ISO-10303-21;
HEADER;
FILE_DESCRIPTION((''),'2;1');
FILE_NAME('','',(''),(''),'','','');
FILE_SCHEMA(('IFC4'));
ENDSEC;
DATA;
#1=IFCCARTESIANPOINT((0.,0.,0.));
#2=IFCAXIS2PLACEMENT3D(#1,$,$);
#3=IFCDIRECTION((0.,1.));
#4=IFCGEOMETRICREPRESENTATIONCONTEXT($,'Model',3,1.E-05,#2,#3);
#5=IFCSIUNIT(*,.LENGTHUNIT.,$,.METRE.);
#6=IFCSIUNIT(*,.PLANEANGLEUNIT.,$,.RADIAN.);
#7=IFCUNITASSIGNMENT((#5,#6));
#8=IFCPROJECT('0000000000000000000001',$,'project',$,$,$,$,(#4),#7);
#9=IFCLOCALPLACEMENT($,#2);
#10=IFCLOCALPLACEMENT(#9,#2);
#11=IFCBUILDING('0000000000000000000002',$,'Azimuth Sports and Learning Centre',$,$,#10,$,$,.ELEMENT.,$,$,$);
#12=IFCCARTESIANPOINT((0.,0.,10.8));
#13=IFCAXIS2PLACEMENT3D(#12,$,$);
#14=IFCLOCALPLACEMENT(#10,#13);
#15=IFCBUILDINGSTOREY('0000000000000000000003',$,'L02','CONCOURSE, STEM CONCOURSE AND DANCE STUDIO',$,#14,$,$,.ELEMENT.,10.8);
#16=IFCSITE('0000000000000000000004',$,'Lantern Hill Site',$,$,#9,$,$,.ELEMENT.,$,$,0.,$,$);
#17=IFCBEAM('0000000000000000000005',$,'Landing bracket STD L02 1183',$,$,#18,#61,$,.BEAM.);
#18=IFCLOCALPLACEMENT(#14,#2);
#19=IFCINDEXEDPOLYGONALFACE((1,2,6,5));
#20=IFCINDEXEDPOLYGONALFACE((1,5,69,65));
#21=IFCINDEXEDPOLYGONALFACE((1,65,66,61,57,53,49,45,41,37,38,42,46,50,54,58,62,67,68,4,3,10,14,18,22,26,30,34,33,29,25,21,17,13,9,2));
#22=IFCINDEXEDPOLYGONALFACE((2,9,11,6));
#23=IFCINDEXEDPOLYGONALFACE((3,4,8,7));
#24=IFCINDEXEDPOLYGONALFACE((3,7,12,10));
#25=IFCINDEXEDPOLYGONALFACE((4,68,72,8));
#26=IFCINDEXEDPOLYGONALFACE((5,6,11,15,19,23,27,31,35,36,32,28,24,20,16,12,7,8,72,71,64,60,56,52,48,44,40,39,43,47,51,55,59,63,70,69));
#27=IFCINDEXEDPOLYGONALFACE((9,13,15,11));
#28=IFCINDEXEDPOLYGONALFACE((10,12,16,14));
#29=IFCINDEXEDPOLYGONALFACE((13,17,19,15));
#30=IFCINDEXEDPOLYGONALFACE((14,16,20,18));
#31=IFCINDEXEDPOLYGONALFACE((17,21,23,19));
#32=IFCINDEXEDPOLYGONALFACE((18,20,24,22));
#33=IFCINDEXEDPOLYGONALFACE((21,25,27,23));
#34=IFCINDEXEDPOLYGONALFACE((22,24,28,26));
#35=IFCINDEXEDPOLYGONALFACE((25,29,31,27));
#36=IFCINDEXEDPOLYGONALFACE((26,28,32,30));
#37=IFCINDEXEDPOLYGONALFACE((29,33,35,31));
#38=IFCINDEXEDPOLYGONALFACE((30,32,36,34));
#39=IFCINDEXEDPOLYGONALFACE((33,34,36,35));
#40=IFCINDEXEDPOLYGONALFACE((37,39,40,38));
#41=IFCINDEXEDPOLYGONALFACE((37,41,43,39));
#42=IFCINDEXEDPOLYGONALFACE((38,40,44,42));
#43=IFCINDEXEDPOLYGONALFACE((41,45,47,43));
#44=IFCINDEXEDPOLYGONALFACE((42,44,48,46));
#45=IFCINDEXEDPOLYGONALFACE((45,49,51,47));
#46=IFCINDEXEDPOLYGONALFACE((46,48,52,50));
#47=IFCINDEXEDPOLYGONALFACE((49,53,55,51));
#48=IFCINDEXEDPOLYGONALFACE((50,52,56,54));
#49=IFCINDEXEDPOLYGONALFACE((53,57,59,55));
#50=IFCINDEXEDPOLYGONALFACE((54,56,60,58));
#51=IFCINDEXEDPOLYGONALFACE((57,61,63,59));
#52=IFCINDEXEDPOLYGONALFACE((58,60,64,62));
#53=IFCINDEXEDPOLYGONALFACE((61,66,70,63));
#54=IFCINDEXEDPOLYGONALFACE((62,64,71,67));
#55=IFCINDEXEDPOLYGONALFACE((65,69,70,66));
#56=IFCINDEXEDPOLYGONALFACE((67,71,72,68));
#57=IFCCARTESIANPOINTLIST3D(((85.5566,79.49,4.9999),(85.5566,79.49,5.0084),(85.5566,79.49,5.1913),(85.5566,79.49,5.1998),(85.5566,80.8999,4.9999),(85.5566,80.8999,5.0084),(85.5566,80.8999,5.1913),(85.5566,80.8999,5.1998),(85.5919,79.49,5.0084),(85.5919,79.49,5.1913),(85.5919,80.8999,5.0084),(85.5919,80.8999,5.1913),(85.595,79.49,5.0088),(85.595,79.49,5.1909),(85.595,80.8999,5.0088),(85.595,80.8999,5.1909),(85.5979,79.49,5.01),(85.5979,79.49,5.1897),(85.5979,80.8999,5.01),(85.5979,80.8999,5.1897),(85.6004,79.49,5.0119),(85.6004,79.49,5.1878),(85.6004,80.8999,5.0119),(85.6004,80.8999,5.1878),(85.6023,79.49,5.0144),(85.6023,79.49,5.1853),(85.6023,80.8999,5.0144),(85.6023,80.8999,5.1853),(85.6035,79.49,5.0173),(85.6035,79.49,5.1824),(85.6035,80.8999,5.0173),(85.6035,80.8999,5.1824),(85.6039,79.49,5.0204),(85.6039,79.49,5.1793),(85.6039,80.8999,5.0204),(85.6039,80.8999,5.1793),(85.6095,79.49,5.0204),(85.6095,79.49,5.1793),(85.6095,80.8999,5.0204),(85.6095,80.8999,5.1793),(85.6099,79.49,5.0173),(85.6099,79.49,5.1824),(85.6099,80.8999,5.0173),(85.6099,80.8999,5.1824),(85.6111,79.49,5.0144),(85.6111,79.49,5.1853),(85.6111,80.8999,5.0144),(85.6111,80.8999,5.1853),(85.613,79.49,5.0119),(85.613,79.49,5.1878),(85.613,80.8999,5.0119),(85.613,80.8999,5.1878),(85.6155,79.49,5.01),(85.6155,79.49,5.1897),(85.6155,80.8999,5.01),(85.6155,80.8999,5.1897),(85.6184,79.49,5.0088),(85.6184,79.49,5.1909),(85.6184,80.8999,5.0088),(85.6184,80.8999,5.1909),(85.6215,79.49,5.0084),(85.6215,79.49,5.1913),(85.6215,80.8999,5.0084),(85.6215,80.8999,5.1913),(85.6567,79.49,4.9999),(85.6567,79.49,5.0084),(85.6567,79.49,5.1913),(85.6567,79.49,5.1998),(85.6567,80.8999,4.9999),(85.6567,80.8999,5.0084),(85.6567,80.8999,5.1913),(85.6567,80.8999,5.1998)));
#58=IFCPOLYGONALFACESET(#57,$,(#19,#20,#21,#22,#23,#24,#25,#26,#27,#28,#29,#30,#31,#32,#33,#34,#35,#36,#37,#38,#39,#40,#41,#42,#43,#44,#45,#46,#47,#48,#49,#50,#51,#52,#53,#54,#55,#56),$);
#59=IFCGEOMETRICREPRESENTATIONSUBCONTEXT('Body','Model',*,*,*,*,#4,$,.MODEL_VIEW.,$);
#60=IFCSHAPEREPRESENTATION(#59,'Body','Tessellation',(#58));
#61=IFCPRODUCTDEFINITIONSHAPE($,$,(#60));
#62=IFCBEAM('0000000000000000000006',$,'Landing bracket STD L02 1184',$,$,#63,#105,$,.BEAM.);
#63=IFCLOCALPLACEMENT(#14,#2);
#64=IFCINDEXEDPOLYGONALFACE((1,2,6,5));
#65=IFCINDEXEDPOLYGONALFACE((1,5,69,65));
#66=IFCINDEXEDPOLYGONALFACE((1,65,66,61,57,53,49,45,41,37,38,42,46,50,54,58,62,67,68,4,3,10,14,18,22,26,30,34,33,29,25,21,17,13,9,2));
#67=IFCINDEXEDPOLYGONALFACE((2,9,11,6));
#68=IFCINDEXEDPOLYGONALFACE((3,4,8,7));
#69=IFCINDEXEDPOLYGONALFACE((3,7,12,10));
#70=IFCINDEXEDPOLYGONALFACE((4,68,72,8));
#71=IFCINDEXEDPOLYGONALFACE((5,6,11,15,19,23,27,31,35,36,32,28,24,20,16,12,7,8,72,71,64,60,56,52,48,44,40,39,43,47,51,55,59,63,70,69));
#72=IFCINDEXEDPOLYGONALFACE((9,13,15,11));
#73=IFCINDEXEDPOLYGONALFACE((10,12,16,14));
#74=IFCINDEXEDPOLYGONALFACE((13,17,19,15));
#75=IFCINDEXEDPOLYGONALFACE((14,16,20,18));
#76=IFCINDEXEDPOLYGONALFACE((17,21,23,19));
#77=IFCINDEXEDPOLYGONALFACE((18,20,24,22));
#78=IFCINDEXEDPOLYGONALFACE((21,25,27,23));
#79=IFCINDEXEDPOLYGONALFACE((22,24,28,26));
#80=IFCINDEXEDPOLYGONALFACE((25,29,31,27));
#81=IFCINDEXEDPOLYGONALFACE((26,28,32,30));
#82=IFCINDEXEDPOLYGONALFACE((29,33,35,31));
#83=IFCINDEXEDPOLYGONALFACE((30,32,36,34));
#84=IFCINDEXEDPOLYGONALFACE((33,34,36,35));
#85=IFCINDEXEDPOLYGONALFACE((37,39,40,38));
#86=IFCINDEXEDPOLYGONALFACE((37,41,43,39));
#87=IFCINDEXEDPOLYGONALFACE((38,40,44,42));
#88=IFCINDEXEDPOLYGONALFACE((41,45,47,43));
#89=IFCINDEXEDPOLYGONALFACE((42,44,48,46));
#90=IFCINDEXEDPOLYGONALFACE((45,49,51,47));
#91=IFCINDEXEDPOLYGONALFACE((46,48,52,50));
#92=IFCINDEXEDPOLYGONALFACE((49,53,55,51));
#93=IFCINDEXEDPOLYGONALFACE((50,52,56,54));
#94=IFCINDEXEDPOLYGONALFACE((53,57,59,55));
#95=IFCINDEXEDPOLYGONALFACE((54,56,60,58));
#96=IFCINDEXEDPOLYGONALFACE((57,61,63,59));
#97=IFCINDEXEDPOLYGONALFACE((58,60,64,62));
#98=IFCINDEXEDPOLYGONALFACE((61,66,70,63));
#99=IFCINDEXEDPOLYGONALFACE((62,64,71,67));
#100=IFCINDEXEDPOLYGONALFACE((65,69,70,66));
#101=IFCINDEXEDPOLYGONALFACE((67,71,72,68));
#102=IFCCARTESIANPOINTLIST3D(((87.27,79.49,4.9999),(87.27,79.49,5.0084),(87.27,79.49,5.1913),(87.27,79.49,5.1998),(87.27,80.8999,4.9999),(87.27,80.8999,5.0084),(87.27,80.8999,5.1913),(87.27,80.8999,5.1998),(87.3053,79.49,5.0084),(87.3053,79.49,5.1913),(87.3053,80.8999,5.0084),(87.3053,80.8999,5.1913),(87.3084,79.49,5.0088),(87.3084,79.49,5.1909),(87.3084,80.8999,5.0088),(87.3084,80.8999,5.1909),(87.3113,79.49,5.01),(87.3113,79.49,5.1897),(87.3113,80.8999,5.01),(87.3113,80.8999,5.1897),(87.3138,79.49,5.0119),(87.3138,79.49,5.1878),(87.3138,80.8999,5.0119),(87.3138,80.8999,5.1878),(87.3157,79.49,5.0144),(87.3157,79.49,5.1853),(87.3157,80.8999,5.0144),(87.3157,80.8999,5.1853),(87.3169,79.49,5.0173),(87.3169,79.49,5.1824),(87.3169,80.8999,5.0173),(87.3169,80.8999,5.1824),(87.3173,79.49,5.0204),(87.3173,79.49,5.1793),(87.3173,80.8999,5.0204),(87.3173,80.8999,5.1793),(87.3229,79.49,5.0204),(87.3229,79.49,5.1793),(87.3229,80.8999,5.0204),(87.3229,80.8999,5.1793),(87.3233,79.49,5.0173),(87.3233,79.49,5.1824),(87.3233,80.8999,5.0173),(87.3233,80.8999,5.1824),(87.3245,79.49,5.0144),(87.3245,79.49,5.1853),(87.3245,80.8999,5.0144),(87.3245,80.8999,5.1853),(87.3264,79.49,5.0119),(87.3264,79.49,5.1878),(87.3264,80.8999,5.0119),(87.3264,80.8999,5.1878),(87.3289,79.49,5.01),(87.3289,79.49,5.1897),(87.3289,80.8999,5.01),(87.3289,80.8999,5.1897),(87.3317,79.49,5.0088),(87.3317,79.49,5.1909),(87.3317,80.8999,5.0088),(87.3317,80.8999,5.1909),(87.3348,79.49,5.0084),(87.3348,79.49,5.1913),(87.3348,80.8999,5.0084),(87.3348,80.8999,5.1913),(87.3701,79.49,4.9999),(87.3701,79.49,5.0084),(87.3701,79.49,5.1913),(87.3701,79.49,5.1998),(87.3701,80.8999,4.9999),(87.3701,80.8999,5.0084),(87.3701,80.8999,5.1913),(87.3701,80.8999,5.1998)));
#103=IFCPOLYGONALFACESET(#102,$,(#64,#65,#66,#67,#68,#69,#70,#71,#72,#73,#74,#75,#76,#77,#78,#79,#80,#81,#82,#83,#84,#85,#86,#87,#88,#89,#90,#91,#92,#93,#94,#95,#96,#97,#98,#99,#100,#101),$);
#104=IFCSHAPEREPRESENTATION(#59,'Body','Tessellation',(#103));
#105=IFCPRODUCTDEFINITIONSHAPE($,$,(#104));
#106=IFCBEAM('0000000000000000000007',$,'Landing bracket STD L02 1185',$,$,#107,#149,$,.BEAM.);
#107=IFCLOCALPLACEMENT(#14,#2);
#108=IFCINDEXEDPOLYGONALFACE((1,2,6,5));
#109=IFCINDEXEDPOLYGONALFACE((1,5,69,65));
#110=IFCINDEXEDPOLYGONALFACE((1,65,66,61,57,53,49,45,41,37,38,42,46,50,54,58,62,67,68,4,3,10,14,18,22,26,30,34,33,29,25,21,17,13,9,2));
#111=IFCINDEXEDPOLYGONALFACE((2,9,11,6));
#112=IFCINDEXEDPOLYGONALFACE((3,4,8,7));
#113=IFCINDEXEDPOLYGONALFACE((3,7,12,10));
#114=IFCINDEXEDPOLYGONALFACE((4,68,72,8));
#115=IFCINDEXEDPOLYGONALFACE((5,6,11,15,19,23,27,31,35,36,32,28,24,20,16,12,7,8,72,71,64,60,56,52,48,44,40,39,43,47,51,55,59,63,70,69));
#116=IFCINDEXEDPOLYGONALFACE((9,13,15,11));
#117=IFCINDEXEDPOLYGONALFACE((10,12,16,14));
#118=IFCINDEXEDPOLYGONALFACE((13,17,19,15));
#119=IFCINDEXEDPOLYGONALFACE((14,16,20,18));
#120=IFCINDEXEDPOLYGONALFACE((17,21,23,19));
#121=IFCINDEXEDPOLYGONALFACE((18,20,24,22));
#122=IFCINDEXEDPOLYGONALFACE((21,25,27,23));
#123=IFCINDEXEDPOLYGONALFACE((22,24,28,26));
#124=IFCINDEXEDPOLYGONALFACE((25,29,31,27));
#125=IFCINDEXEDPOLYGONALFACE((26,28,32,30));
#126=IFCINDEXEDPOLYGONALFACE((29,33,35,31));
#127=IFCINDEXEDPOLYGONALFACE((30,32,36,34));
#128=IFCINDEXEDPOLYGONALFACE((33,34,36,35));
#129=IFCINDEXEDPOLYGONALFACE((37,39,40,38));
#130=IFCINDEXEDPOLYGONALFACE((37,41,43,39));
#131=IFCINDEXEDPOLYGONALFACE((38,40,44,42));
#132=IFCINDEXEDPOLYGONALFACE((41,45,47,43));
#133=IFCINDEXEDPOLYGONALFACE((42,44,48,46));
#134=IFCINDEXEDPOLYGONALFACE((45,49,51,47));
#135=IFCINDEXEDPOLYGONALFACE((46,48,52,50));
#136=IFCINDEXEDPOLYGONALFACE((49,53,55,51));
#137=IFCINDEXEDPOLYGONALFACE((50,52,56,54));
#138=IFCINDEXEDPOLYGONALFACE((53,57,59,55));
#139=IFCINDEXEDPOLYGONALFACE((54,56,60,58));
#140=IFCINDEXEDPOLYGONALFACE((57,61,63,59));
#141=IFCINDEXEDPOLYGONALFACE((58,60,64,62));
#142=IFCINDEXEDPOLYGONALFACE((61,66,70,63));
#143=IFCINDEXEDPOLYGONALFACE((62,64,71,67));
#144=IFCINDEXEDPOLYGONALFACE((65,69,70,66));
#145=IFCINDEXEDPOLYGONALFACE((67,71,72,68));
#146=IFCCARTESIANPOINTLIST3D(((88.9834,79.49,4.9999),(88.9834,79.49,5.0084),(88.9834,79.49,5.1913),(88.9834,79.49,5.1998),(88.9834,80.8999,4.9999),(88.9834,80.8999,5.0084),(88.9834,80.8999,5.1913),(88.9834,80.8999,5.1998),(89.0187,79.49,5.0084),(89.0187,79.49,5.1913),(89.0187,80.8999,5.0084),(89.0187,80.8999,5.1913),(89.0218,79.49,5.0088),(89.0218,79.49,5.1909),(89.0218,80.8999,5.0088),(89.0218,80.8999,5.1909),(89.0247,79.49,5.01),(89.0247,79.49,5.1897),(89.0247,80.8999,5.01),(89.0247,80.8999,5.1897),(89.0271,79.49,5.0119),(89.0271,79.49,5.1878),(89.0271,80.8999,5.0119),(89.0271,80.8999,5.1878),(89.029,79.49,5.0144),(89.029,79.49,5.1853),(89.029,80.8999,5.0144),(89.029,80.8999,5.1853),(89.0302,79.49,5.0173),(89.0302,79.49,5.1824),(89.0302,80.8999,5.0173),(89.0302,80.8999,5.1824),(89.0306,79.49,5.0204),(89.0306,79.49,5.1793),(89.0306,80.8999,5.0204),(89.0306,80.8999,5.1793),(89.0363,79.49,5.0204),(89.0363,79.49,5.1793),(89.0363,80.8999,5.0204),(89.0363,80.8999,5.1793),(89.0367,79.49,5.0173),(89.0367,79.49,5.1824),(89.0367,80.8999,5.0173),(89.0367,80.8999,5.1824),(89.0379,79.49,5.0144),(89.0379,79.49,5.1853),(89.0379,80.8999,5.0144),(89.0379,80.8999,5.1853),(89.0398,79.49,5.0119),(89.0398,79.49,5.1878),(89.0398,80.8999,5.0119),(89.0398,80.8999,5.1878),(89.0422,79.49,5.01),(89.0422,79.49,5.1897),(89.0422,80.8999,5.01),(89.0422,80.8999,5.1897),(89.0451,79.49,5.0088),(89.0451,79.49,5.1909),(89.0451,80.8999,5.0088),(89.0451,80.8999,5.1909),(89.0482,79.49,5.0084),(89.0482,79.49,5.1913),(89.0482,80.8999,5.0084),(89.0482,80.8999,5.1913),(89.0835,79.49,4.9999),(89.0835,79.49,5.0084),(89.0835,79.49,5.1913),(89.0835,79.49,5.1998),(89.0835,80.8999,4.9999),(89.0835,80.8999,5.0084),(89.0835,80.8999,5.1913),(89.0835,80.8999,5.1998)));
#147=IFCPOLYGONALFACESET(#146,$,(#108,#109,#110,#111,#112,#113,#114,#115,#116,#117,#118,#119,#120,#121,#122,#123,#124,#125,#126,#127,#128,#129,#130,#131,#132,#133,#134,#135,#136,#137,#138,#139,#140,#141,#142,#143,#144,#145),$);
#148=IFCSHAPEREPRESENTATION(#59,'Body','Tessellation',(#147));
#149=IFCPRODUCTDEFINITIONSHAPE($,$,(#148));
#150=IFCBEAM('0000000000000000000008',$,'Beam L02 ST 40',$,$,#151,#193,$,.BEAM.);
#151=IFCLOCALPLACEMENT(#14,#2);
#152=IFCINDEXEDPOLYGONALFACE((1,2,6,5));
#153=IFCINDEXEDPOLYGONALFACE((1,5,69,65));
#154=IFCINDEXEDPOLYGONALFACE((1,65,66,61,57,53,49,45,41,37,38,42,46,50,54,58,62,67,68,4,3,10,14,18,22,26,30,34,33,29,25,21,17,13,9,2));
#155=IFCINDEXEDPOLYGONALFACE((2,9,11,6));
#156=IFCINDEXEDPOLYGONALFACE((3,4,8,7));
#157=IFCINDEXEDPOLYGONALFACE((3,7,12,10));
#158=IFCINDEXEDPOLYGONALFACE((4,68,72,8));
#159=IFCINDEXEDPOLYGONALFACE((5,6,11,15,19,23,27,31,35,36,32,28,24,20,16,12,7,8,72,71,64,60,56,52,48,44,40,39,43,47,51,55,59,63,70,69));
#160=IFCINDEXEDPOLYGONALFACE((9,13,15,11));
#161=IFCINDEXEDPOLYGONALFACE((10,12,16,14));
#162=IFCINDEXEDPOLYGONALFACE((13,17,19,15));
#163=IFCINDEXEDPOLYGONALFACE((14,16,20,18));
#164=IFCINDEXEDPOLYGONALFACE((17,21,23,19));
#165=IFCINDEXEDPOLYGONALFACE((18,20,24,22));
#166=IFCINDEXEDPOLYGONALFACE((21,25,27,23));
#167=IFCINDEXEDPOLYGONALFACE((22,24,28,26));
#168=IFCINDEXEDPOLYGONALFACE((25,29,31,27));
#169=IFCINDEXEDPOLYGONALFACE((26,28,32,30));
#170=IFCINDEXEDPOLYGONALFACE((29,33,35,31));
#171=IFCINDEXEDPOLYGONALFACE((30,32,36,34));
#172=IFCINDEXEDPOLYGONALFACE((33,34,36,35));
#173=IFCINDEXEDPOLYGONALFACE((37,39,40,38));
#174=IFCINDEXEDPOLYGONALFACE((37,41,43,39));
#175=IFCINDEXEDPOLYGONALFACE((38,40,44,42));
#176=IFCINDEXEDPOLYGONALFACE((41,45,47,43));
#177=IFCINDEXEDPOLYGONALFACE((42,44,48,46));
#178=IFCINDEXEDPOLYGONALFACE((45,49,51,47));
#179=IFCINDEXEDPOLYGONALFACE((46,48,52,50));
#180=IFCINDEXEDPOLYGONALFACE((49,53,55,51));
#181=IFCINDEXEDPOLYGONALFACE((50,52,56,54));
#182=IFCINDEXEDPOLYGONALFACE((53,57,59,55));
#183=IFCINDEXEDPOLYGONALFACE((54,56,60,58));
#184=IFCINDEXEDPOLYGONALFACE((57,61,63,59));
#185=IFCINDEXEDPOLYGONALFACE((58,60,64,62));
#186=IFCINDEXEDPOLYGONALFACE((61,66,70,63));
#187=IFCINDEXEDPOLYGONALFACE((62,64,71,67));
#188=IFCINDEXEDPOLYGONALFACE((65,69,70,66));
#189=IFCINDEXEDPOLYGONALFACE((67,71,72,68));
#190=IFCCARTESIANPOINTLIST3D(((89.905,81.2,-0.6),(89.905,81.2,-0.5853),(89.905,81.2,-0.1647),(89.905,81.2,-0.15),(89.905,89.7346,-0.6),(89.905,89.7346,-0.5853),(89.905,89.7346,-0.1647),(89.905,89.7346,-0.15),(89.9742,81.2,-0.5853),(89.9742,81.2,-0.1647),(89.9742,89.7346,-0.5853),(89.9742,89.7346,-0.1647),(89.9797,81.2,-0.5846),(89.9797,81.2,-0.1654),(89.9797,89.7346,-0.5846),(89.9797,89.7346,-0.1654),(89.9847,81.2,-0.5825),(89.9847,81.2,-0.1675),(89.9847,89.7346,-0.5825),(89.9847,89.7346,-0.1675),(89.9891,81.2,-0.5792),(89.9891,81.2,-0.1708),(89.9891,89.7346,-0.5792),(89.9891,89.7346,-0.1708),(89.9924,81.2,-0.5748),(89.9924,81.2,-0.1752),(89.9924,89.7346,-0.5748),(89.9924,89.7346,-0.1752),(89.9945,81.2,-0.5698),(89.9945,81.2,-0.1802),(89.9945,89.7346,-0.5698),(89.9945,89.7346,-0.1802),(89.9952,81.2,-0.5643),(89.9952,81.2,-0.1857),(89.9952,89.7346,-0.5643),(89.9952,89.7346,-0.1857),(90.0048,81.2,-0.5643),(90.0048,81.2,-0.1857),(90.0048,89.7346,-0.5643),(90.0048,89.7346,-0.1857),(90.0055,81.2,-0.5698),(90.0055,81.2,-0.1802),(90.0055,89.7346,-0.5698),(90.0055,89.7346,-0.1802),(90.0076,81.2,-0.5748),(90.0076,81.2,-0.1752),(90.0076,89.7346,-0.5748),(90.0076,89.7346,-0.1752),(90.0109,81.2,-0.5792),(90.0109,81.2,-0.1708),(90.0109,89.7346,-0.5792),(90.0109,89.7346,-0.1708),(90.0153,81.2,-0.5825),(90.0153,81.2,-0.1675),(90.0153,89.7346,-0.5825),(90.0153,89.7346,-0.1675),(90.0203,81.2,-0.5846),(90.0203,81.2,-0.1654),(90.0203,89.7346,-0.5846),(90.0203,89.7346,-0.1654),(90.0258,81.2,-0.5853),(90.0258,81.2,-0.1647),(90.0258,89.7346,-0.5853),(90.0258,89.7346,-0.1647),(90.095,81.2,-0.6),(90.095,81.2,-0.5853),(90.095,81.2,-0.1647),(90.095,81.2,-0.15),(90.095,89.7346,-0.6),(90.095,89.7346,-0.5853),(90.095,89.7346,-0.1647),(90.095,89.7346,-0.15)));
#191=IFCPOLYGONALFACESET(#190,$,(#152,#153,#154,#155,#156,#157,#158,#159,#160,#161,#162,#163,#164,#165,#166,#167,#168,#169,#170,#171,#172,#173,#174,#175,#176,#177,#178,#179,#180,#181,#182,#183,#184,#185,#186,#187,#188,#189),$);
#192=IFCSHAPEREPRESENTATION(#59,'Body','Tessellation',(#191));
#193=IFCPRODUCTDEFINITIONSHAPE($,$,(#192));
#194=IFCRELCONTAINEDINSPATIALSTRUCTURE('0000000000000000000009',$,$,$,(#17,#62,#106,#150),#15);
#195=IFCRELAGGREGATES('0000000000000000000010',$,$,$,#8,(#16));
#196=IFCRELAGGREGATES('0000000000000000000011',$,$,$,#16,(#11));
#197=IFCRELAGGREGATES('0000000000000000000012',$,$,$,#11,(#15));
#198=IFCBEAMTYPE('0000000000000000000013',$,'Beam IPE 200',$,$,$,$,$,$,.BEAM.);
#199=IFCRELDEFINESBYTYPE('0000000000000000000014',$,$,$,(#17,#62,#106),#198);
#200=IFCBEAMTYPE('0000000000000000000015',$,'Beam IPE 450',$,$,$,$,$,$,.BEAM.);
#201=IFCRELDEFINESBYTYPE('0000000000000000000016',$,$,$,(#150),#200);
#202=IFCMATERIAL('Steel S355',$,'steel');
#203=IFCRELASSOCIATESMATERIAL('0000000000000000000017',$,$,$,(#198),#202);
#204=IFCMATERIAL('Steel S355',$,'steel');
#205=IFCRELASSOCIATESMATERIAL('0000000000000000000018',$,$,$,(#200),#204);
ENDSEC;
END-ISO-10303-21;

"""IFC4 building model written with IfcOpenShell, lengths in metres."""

from ifc_helpers import new_model, si_unit, direction, frame, origin, origin_2d, place, context, subcontext, project, spatial, i_section, extrude, material, material_profile, profile_set, type_object, element, save


model = new_model("IFC4")

# Units and contexts
model_context = context("Model", 3, precision=1e-05, world=origin(), true_north=direction((0.0, 1.0)))
body_context = subcontext(model_context, "Body", "Model", "MODEL_VIEW")
ifc_project = project(units=[si_unit("LENGTHUNIT", "METRE"), si_unit("PLANEANGLEUNIT", "RADIAN")], contexts=[model_context])

# Site, building, storey
site_placement = place(None, origin())
site = spatial("IfcSite", under=ifc_project, at=site_placement, Name="Lantern Hill Site", CompositionType="ELEMENT", RefElevation=0.0)
building_placement = place(site_placement, origin())
building = spatial("IfcBuilding", under=site, at=building_placement, Name="Azimuth Sports and Learning Centre", CompositionType="ELEMENT")
storey_placement = place(building_placement, frame((0.0, 0.0, 10.8)))
storey = spatial("IfcBuildingStorey", under=building, at=storey_placement, Name="L02", Description="CONCOURSE, STEM CONCOURSE AND DANCE STUDIO", CompositionType="ELEMENT", Elevation=10.8)

# Beams
ifc_material_1 = material(Name="Steel S355", Category="steel")
ifc_material_profile_1 = material_profile(ifc_material_1, i_section(OverallWidth=0.1001, OverallDepth=0.2, WebThickness=0.0056, FlangeThickness=0.0085, FilletRadius=0.012, at=origin_2d()), Name="IPE 200")
ifc_profile_set_1 = profile_set([ifc_material_profile_1], Name="Steel S355")
beam_type_1 = type_object("IfcBeamType", Name="Beam IPE 200", PredefinedType="BEAM", material=ifc_profile_set_1)
for number, where, z_axis, x_axis, name in (
    (1, (85.6067, 80.8999, 5.0999), (0.0, -1.0, 0.0), (1.0, 0.0, 0.0), "Landing bracket STD L02 1183"),
    (2, (87.3201, 80.8999, 5.0999), (0.0, -1.0, 0.0), (1.0, 0.0, 0.0), "Landing bracket STD L02 1184"),
    (3, (89.0334, 80.8999, 5.0999), (0.0, -1.0, 0.0), (1.0, 0.0, 0.0), "Landing bracket STD L02 1185"),
):
    element("IfcBeam", number, at=place(storey_placement, frame(where, z_axis=z_axis, x_axis=x_axis)), inside=storey, type_object=beam_type_1, Name=name, PredefinedType="BEAM", context=body_context, shape_type="SweptSolid", body=[
        extrude(i_section(OverallWidth=0.1001, OverallDepth=0.2, WebThickness=0.0056, FlangeThickness=0.0085, FilletRadius=0.012, at=origin_2d()), origin(), (0.0, 0.0, 1.0), 1.4099),
    ])
ifc_material_2 = material(Name="Steel S355", Category="steel")
ifc_material_profile_2 = material_profile(ifc_material_2, i_section(OverallWidth=0.1899, OverallDepth=0.45, WebThickness=0.0095, FlangeThickness=0.0146, FilletRadius=0.021, at=origin_2d()), Name="IPE 450")
ifc_profile_set_2 = profile_set([ifc_material_profile_2], Name="Steel S355")
beam_type_2 = type_object("IfcBeamType", Name="Beam IPE 450", PredefinedType="BEAM", material=ifc_profile_set_2)
beam_1_placement = place(storey_placement, frame((90.0, 81.2, -0.375), z_axis=(0.0, 1.0, 0.0), x_axis=(-1.0, 0.0, 0.0)))
element("IfcBeam", 4, at=beam_1_placement, inside=storey, type_object=beam_type_2, Name="Beam L02 ST 40", PredefinedType="BEAM", context=body_context, shape_type="SweptSolid", body=[
    extrude(i_section(OverallWidth=0.1899, OverallDepth=0.45, WebThickness=0.0095, FlangeThickness=0.0146, FilletRadius=0.021, at=origin_2d()), origin(), (0.0, 0.0, 1.0), 8.5347),
])

save(model, "model.ifc")
